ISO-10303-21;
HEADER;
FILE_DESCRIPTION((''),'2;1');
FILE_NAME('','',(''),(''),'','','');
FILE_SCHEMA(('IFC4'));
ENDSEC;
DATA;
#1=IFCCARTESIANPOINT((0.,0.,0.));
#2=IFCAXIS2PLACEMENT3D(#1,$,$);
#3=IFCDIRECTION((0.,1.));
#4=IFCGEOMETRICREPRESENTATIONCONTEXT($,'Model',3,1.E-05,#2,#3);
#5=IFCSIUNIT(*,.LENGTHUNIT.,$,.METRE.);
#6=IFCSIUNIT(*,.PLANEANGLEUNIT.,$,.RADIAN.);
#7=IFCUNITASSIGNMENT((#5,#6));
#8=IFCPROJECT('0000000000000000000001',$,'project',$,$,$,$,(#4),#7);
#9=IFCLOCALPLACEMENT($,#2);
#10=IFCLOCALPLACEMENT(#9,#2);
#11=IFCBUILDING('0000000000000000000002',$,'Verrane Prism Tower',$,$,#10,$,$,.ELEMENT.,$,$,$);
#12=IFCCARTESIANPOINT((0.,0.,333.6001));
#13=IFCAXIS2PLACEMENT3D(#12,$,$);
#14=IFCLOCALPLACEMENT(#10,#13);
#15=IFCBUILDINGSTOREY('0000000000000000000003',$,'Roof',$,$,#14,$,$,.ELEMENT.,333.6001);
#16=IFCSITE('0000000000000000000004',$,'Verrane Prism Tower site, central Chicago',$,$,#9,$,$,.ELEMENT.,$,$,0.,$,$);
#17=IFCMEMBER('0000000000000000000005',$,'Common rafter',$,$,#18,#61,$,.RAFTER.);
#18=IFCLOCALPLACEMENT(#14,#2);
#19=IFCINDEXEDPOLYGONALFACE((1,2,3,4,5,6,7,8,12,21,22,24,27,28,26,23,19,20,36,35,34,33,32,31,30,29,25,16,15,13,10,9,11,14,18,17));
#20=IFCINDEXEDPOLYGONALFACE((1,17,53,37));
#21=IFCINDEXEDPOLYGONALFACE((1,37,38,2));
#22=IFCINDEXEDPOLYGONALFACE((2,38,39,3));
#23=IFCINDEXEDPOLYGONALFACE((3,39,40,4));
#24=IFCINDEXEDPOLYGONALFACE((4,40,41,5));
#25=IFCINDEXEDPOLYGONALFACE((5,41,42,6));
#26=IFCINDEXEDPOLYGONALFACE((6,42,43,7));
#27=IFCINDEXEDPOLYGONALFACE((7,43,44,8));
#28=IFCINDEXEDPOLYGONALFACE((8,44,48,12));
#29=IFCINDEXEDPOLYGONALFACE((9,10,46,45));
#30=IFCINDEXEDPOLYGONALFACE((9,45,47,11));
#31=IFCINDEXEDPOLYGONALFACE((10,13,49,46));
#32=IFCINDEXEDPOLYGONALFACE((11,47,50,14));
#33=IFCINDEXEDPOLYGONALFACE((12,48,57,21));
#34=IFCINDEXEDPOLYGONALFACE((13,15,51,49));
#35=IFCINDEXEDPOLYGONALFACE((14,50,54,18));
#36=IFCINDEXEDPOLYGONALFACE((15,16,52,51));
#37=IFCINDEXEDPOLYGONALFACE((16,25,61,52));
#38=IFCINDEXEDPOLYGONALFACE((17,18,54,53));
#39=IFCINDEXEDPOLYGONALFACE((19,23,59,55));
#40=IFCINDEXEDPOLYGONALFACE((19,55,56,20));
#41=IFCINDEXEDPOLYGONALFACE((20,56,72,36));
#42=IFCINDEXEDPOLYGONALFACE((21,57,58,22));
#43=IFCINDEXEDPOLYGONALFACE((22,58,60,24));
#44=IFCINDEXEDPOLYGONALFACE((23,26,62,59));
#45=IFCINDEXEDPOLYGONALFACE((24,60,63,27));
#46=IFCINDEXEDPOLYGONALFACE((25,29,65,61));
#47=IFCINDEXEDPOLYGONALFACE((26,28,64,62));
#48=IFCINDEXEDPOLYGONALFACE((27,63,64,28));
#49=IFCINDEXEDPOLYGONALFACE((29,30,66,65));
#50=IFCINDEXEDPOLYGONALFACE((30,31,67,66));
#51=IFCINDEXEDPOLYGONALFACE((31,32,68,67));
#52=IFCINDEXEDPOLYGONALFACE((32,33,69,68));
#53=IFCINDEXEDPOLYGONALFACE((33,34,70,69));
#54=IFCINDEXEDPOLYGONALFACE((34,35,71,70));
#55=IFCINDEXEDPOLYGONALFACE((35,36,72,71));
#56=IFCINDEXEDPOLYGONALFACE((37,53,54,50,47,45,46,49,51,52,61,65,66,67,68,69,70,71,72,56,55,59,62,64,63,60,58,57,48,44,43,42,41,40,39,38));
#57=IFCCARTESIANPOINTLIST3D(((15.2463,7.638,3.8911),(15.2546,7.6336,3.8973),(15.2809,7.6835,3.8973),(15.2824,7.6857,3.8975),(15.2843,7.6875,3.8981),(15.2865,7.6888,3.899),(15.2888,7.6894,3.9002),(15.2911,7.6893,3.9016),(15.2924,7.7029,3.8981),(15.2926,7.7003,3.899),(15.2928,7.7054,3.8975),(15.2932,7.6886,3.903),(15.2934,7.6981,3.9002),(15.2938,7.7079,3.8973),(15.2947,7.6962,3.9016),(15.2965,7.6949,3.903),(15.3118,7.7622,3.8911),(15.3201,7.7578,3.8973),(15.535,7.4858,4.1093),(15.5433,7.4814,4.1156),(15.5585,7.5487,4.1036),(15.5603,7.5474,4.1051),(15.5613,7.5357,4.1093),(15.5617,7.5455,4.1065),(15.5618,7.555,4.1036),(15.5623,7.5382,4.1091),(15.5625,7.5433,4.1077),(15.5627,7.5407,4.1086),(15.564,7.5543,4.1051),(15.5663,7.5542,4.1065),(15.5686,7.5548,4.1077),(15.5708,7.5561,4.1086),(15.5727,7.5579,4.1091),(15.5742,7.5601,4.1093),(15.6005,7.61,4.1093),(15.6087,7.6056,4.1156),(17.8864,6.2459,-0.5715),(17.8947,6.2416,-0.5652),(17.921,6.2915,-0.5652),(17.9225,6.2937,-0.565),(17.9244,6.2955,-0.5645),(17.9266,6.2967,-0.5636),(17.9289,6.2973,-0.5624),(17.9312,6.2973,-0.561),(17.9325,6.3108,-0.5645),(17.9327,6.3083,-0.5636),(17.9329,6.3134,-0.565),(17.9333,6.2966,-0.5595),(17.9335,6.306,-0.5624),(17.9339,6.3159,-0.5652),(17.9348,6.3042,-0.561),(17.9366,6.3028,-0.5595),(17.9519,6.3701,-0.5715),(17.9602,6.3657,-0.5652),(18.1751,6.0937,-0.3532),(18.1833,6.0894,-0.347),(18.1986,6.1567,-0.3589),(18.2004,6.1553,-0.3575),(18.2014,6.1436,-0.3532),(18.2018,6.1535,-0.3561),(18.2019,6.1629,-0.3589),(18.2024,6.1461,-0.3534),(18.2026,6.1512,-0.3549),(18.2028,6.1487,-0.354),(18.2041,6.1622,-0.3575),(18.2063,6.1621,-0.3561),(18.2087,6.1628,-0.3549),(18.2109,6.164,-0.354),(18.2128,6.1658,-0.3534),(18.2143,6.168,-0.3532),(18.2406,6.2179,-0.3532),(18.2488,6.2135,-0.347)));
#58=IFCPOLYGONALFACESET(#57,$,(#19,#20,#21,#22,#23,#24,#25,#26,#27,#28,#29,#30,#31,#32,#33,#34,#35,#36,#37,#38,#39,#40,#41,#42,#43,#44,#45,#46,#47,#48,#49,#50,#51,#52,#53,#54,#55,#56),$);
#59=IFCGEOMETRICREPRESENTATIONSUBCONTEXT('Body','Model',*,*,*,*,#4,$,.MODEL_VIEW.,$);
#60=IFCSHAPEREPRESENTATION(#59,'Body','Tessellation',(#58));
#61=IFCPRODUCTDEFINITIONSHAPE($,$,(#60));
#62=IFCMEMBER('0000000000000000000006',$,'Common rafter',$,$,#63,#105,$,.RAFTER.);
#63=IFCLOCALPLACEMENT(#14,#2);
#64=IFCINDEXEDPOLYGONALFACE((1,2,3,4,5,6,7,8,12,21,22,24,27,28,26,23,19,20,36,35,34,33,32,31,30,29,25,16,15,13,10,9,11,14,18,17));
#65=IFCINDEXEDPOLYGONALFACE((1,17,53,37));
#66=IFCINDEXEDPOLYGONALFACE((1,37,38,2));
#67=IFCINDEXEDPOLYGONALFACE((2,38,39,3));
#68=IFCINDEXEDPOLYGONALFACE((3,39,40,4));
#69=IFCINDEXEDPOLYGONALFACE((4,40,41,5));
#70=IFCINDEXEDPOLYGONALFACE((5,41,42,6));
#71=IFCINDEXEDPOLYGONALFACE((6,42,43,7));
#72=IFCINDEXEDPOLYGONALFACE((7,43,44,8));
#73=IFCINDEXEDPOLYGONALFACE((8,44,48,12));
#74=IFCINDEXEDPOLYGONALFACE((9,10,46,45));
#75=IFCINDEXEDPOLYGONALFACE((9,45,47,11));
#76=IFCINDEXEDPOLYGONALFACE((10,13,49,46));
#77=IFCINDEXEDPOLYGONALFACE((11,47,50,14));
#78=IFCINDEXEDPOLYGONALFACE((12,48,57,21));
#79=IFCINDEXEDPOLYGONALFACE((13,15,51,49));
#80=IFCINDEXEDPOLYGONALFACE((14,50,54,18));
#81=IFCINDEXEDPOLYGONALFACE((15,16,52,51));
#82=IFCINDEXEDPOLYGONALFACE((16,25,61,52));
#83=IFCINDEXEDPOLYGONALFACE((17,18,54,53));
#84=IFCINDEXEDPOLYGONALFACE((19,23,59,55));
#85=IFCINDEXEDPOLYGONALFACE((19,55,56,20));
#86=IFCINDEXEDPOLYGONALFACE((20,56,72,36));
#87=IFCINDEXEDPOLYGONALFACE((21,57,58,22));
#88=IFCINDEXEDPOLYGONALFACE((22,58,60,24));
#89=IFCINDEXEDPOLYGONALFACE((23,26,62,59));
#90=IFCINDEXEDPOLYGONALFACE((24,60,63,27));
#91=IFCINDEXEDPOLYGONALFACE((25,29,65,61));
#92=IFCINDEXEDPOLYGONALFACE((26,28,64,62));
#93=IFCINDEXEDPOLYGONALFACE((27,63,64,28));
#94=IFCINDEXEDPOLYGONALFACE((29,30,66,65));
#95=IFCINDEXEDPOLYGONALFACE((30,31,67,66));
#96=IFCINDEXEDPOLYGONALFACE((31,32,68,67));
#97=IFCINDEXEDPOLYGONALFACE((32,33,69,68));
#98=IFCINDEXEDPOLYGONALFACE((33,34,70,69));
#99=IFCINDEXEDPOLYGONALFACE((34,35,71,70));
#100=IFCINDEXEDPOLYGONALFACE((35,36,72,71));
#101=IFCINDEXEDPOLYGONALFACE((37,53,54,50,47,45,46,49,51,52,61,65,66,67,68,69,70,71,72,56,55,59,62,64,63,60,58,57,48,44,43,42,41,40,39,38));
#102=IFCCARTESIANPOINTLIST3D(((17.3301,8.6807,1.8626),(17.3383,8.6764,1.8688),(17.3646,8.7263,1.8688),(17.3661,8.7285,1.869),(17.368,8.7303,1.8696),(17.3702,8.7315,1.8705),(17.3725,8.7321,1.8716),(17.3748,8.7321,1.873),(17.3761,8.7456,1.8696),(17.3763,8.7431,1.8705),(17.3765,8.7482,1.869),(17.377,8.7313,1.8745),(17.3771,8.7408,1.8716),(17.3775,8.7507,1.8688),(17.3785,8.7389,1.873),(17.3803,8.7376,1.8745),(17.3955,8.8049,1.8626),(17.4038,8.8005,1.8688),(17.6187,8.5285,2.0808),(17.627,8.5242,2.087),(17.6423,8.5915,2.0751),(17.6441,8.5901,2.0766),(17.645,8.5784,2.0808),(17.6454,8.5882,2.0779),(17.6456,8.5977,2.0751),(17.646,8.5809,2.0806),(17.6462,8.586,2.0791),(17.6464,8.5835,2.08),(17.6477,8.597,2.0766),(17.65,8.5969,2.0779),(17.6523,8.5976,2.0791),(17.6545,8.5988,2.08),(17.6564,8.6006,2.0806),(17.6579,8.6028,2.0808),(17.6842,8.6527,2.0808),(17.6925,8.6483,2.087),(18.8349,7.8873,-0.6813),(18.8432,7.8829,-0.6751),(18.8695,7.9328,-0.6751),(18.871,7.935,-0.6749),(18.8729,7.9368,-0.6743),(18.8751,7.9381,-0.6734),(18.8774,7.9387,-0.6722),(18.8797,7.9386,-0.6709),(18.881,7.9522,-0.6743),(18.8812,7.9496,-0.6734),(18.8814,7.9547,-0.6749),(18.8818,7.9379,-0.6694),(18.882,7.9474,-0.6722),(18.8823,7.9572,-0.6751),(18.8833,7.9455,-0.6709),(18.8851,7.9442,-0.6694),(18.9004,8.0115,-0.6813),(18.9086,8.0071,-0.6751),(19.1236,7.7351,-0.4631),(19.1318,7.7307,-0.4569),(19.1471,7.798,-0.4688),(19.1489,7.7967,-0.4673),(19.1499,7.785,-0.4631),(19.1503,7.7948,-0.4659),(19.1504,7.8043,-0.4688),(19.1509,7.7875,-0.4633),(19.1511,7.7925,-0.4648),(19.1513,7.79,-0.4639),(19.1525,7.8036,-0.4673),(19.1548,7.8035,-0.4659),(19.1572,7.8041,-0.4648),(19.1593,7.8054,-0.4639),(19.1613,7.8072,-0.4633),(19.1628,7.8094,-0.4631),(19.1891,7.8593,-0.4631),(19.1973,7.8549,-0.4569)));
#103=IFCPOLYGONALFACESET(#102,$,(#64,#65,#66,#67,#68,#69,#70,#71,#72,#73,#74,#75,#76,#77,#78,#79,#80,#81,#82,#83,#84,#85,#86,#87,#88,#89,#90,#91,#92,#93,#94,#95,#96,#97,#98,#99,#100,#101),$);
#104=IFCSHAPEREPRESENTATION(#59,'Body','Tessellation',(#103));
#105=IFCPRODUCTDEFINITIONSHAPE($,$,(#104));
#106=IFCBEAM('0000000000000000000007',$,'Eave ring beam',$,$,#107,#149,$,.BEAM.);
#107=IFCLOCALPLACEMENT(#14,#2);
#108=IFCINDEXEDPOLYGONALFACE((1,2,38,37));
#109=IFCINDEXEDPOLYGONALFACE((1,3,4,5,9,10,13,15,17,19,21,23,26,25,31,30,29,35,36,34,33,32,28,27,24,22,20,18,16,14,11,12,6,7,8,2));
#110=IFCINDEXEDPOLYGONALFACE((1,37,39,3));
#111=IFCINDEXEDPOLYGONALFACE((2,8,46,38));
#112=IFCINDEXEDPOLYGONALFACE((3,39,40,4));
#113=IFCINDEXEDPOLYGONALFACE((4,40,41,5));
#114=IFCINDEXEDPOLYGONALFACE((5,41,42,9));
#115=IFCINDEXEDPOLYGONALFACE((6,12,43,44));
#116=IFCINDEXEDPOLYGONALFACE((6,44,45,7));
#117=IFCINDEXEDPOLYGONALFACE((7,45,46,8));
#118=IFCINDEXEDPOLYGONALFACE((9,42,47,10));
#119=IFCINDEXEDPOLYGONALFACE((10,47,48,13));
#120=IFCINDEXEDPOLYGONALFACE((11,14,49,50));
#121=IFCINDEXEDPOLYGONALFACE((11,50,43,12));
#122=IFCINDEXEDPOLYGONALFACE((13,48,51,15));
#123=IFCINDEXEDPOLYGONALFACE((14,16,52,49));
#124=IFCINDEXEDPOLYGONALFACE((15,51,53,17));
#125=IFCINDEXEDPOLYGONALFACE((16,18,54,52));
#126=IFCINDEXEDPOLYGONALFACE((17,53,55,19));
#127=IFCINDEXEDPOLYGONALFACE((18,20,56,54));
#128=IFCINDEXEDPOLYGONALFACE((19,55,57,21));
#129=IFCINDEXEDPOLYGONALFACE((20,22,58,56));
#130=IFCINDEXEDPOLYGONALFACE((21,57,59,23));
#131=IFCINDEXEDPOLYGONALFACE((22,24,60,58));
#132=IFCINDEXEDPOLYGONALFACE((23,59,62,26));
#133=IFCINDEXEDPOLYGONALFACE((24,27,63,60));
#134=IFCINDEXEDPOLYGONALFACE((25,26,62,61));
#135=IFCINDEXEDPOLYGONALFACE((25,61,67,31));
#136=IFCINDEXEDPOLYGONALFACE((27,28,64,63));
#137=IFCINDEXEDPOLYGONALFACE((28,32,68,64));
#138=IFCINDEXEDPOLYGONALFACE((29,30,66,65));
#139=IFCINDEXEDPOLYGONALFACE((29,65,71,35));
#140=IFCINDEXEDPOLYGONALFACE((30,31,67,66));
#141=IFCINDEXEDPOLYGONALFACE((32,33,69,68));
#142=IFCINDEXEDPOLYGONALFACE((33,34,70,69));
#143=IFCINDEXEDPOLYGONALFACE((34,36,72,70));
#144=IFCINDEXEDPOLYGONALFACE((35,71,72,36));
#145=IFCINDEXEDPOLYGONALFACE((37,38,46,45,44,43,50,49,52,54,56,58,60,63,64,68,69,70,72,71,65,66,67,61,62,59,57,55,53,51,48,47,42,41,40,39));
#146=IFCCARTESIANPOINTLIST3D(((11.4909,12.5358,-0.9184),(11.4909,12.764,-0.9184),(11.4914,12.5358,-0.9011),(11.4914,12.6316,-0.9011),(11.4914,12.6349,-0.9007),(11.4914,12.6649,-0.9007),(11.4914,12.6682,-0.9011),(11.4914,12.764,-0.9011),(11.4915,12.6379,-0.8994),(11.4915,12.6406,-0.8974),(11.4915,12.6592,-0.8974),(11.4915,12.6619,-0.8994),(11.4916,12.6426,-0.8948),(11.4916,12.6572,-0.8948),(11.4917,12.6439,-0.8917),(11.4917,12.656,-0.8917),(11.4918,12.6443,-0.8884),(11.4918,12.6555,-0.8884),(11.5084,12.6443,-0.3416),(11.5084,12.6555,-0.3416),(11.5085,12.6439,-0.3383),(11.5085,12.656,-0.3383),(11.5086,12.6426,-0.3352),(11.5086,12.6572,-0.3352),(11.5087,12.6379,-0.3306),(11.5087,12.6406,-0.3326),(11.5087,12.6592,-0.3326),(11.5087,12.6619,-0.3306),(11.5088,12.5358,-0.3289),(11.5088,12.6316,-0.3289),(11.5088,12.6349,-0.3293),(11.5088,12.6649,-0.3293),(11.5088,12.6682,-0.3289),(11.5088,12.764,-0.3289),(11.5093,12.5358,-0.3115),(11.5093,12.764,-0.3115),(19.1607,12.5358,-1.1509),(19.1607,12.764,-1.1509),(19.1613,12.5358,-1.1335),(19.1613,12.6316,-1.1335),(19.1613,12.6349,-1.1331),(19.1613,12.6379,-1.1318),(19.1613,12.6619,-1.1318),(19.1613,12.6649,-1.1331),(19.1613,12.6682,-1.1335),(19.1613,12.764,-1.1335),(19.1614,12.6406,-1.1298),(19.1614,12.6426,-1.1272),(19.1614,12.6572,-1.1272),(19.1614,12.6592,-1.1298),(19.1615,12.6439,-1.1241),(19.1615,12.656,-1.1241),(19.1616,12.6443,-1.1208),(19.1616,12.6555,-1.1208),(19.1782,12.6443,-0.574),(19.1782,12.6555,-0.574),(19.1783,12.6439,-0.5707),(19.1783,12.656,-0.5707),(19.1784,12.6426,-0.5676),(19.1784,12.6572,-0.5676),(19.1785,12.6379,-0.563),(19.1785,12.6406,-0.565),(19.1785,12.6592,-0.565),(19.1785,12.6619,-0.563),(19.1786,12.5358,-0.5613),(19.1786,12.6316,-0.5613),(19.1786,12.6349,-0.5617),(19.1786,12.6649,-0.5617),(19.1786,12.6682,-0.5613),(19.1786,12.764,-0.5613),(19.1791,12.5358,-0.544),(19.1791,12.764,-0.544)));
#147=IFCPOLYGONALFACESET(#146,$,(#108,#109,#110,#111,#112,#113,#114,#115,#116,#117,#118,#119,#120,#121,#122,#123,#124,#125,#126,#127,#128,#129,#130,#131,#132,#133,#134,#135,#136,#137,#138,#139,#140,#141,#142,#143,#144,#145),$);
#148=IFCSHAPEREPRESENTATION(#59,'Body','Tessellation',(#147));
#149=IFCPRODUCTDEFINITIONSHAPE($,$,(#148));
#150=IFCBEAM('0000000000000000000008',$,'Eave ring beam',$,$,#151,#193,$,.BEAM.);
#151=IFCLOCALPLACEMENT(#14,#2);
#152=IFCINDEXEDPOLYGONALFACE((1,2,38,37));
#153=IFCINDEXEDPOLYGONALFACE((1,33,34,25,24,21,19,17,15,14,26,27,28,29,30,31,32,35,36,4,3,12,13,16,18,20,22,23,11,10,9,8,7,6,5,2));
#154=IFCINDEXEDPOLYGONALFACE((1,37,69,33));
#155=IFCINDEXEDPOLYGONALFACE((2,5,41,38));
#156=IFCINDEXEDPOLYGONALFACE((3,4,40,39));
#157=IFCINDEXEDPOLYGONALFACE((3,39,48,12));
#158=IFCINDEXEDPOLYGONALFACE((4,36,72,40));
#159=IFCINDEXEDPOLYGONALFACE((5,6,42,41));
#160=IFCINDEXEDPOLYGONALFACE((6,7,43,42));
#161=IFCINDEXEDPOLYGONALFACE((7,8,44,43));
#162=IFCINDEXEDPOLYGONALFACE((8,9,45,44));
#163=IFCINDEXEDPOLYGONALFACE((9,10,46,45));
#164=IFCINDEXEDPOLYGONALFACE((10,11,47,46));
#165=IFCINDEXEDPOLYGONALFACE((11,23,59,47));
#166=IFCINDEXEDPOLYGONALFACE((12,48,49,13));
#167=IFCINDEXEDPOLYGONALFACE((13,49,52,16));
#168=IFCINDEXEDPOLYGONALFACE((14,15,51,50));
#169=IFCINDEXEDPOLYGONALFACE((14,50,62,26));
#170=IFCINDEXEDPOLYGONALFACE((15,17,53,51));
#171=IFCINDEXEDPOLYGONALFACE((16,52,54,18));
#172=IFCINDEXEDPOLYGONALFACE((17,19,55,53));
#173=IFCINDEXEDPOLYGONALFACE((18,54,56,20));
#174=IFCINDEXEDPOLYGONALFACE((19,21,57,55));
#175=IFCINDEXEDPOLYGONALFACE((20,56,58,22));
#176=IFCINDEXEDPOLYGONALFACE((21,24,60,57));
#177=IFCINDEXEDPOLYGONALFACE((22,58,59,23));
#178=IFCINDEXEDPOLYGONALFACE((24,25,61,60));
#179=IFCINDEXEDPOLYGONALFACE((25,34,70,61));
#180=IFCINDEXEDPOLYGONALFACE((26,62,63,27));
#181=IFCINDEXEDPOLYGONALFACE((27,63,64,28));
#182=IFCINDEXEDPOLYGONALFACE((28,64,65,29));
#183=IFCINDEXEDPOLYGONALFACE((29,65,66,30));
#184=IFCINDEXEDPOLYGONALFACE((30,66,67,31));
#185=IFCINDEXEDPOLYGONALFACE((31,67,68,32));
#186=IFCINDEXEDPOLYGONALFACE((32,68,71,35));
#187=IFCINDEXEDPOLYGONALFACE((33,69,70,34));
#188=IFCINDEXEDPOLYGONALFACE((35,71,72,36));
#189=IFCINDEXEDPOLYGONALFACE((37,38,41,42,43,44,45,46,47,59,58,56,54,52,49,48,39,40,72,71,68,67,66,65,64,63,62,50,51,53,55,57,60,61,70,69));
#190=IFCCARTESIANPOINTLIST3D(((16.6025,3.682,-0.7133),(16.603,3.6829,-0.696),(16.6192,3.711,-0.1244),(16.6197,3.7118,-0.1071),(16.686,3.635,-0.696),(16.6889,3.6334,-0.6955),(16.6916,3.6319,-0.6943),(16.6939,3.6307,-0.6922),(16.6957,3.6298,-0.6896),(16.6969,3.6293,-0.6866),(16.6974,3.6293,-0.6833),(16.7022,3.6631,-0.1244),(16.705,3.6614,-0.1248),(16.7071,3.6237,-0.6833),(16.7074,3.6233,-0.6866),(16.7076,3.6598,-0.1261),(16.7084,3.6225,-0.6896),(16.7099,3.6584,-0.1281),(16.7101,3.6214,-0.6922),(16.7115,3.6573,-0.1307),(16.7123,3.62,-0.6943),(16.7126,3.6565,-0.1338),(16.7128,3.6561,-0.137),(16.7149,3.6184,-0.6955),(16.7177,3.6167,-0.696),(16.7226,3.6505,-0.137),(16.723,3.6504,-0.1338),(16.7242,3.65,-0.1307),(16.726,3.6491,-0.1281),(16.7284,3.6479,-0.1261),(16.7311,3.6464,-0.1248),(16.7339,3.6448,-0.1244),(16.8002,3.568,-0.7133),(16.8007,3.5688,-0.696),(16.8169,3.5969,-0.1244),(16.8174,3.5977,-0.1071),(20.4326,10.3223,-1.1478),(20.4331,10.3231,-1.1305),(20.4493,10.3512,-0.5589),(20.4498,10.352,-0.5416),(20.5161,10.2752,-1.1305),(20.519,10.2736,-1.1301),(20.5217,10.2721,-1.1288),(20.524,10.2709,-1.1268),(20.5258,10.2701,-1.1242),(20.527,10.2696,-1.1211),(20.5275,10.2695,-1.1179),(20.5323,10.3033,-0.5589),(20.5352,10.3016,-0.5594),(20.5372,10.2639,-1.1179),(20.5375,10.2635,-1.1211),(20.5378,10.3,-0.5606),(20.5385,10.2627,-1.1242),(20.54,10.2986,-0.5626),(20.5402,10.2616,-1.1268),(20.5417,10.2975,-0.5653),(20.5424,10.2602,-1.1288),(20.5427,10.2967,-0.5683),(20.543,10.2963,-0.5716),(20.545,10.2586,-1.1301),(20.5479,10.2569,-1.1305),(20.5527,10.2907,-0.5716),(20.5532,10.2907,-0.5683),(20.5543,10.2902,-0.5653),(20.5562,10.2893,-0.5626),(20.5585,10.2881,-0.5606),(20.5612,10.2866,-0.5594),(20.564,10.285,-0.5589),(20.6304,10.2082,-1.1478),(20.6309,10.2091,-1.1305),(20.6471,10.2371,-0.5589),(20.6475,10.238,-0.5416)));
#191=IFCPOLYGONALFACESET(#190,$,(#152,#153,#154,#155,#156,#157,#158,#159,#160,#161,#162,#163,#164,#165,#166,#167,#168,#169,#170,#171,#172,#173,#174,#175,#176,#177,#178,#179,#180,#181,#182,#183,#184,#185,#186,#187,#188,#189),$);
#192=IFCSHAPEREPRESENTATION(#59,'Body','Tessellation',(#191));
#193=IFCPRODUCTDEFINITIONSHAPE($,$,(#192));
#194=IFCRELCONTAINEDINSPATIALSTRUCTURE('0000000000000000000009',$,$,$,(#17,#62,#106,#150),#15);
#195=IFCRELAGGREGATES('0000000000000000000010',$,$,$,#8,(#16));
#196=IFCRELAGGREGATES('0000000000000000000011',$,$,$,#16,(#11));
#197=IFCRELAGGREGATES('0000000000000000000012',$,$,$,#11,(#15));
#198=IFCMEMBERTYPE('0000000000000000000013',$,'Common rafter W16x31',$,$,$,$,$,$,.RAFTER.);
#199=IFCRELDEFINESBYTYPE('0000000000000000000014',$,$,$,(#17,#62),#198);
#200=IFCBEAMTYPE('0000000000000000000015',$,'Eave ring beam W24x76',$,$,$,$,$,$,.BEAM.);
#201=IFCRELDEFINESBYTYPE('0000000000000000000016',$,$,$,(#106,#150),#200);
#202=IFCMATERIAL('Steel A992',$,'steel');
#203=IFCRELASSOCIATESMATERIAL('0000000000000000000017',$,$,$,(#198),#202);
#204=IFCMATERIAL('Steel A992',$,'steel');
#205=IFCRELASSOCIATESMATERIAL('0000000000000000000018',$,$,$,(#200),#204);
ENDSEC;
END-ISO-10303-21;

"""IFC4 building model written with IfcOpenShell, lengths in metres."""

from ifc_helpers import new_model, si_unit, direction, frame, origin, origin_2d, place, context, subcontext, project, spatial, i_section, extrude, material, material_profile, profile_set, type_object, element, save


model = new_model("IFC4")

# Units and contexts
model_context = context("Model", 3, precision=1e-05, world=origin(), true_north=direction((0.0, 1.0)))
body_context = subcontext(model_context, "Body", "Model", "MODEL_VIEW")
ifc_project = project(units=[si_unit("LENGTHUNIT", "METRE"), si_unit("PLANEANGLEUNIT", "RADIAN")], contexts=[model_context])

# Site, building, storey
site_placement = place(None, origin())
site = spatial("IfcSite", under=ifc_project, at=site_placement, Name="Verrane Prism Tower site, central Chicago", CompositionType="ELEMENT", RefElevation=0.0)
building_placement = place(site_placement, origin())
building = spatial("IfcBuilding", under=site, at=building_placement, Name="Verrane Prism Tower", CompositionType="ELEMENT")
storey_placement = place(building_placement, frame((0.0, 0.0, 333.6001)))
storey = spatial("IfcBuildingStorey", under=building, at=storey_placement, Name="Roof", CompositionType="ELEMENT", Elevation=333.6001)

# Members
ifc_material_1 = material(Name="Steel A992", Category="steel")
ifc_material_profile_1 = material_profile(ifc_material_1, i_section(OverallWidth=0.1404, OverallDepth=0.4038, WebThickness=0.0071, FlangeThickness=0.0112, FilletRadius=0.0103, at=origin_2d()), Name="W16x31")
ifc_profile_set_1 = profile_set([ifc_material_profile_1], Name="Steel A992")
member_type_1 = type_object("IfcMemberType", Name="Common rafter W16x31", PredefinedType="RAFTER", material=ifc_profile_set_1)
member_1_placement = place(storey_placement, frame((18.0676, 6.2297, -0.4592), z_axis=(-0.49176, 0.259295, 0.831227), x_axis=(-0.466414, -0.884567, 0.0)))
element("IfcMember", 1, at=member_1_placement, inside=storey, type_object=member_type_1, Name="Common rafter", PredefinedType="RAFTER", context=body_context, shape_type="SweptSolid", body=[
    extrude(i_section(OverallWidth=0.1404, OverallDepth=0.4038, WebThickness=0.0071, FlangeThickness=0.0112, FilletRadius=0.0103, at=origin_2d()), origin(), (0.0, 0.0, 1.0), 5.3687),
])
member_2_placement = place(storey_placement, frame((19.0161, 7.8711, -0.5691), z_axis=(-0.491731, 0.259268, 0.831252), x_axis=(-0.466397, -0.884576, 0.0)))
element("IfcMember", 2, at=member_2_placement, inside=storey, type_object=member_type_1, Name="Common rafter", PredefinedType="RAFTER", context=body_context, shape_type="SweptSolid", body=[
    extrude(i_section(OverallWidth=0.1404, OverallDepth=0.4038, WebThickness=0.0071, FlangeThickness=0.0112, FilletRadius=0.0103, at=origin_2d()), origin(), (0.0, 0.0, 1.0), 3.0603),
])

# Beams
ifc_material_2 = material(Name="Steel A992", Category="steel")
ifc_material_profile_2 = material_profile(ifc_material_2, i_section(OverallWidth=0.2283, OverallDepth=0.6072, WebThickness=0.0112, FlangeThickness=0.0173, FilletRadius=0.0127, at=origin_2d()), Name="W24x76")
ifc_profile_set_2 = profile_set([ifc_material_profile_2], Name="Steel A992")
beam_type = type_object("IfcBeamType", Name="Eave ring beam W24x76", PredefinedType="BEAM", material=ifc_profile_set_2)
beam_1_placement = place(storey_placement, frame((19.1699, 12.6499, -0.8474), z_axis=(-0.999541, 0.0, 0.030289), x_axis=(0.0, -1.0, 0.0)))
element("IfcBeam", 3, at=beam_1_placement, inside=storey, type_object=beam_type, Name="Eave ring beam", PredefinedType="BEAM", context=body_context, shape_type="SweptSolid", body=[
    extrude(i_section(OverallWidth=0.2283, OverallDepth=0.6072, WebThickness=0.0112, FlangeThickness=0.0173, FilletRadius=0.0127, at=origin_2d()), origin(), (0.0, 0.0, 1.0), 7.6733),
])
beam_2_placement = place(storey_placement, frame((16.71, 3.6399, -0.4102), z_axis=(0.498846, 0.86484, -0.0566), x_axis=(-0.866229, 0.499647, 0.0)))
element("IfcBeam", 4, at=beam_2_placement, inside=storey, type_object=beam_type, Name="Eave ring beam", PredefinedType="BEAM", context=body_context, shape_type="SweptSolid", body=[
    extrude(i_section(OverallWidth=0.2283, OverallDepth=0.6072, WebThickness=0.0112, FlangeThickness=0.0173, FilletRadius=0.0127, at=origin_2d()), origin(), (0.0, 0.0, 1.0), 7.678),
])

save(model, "model.ifc")
